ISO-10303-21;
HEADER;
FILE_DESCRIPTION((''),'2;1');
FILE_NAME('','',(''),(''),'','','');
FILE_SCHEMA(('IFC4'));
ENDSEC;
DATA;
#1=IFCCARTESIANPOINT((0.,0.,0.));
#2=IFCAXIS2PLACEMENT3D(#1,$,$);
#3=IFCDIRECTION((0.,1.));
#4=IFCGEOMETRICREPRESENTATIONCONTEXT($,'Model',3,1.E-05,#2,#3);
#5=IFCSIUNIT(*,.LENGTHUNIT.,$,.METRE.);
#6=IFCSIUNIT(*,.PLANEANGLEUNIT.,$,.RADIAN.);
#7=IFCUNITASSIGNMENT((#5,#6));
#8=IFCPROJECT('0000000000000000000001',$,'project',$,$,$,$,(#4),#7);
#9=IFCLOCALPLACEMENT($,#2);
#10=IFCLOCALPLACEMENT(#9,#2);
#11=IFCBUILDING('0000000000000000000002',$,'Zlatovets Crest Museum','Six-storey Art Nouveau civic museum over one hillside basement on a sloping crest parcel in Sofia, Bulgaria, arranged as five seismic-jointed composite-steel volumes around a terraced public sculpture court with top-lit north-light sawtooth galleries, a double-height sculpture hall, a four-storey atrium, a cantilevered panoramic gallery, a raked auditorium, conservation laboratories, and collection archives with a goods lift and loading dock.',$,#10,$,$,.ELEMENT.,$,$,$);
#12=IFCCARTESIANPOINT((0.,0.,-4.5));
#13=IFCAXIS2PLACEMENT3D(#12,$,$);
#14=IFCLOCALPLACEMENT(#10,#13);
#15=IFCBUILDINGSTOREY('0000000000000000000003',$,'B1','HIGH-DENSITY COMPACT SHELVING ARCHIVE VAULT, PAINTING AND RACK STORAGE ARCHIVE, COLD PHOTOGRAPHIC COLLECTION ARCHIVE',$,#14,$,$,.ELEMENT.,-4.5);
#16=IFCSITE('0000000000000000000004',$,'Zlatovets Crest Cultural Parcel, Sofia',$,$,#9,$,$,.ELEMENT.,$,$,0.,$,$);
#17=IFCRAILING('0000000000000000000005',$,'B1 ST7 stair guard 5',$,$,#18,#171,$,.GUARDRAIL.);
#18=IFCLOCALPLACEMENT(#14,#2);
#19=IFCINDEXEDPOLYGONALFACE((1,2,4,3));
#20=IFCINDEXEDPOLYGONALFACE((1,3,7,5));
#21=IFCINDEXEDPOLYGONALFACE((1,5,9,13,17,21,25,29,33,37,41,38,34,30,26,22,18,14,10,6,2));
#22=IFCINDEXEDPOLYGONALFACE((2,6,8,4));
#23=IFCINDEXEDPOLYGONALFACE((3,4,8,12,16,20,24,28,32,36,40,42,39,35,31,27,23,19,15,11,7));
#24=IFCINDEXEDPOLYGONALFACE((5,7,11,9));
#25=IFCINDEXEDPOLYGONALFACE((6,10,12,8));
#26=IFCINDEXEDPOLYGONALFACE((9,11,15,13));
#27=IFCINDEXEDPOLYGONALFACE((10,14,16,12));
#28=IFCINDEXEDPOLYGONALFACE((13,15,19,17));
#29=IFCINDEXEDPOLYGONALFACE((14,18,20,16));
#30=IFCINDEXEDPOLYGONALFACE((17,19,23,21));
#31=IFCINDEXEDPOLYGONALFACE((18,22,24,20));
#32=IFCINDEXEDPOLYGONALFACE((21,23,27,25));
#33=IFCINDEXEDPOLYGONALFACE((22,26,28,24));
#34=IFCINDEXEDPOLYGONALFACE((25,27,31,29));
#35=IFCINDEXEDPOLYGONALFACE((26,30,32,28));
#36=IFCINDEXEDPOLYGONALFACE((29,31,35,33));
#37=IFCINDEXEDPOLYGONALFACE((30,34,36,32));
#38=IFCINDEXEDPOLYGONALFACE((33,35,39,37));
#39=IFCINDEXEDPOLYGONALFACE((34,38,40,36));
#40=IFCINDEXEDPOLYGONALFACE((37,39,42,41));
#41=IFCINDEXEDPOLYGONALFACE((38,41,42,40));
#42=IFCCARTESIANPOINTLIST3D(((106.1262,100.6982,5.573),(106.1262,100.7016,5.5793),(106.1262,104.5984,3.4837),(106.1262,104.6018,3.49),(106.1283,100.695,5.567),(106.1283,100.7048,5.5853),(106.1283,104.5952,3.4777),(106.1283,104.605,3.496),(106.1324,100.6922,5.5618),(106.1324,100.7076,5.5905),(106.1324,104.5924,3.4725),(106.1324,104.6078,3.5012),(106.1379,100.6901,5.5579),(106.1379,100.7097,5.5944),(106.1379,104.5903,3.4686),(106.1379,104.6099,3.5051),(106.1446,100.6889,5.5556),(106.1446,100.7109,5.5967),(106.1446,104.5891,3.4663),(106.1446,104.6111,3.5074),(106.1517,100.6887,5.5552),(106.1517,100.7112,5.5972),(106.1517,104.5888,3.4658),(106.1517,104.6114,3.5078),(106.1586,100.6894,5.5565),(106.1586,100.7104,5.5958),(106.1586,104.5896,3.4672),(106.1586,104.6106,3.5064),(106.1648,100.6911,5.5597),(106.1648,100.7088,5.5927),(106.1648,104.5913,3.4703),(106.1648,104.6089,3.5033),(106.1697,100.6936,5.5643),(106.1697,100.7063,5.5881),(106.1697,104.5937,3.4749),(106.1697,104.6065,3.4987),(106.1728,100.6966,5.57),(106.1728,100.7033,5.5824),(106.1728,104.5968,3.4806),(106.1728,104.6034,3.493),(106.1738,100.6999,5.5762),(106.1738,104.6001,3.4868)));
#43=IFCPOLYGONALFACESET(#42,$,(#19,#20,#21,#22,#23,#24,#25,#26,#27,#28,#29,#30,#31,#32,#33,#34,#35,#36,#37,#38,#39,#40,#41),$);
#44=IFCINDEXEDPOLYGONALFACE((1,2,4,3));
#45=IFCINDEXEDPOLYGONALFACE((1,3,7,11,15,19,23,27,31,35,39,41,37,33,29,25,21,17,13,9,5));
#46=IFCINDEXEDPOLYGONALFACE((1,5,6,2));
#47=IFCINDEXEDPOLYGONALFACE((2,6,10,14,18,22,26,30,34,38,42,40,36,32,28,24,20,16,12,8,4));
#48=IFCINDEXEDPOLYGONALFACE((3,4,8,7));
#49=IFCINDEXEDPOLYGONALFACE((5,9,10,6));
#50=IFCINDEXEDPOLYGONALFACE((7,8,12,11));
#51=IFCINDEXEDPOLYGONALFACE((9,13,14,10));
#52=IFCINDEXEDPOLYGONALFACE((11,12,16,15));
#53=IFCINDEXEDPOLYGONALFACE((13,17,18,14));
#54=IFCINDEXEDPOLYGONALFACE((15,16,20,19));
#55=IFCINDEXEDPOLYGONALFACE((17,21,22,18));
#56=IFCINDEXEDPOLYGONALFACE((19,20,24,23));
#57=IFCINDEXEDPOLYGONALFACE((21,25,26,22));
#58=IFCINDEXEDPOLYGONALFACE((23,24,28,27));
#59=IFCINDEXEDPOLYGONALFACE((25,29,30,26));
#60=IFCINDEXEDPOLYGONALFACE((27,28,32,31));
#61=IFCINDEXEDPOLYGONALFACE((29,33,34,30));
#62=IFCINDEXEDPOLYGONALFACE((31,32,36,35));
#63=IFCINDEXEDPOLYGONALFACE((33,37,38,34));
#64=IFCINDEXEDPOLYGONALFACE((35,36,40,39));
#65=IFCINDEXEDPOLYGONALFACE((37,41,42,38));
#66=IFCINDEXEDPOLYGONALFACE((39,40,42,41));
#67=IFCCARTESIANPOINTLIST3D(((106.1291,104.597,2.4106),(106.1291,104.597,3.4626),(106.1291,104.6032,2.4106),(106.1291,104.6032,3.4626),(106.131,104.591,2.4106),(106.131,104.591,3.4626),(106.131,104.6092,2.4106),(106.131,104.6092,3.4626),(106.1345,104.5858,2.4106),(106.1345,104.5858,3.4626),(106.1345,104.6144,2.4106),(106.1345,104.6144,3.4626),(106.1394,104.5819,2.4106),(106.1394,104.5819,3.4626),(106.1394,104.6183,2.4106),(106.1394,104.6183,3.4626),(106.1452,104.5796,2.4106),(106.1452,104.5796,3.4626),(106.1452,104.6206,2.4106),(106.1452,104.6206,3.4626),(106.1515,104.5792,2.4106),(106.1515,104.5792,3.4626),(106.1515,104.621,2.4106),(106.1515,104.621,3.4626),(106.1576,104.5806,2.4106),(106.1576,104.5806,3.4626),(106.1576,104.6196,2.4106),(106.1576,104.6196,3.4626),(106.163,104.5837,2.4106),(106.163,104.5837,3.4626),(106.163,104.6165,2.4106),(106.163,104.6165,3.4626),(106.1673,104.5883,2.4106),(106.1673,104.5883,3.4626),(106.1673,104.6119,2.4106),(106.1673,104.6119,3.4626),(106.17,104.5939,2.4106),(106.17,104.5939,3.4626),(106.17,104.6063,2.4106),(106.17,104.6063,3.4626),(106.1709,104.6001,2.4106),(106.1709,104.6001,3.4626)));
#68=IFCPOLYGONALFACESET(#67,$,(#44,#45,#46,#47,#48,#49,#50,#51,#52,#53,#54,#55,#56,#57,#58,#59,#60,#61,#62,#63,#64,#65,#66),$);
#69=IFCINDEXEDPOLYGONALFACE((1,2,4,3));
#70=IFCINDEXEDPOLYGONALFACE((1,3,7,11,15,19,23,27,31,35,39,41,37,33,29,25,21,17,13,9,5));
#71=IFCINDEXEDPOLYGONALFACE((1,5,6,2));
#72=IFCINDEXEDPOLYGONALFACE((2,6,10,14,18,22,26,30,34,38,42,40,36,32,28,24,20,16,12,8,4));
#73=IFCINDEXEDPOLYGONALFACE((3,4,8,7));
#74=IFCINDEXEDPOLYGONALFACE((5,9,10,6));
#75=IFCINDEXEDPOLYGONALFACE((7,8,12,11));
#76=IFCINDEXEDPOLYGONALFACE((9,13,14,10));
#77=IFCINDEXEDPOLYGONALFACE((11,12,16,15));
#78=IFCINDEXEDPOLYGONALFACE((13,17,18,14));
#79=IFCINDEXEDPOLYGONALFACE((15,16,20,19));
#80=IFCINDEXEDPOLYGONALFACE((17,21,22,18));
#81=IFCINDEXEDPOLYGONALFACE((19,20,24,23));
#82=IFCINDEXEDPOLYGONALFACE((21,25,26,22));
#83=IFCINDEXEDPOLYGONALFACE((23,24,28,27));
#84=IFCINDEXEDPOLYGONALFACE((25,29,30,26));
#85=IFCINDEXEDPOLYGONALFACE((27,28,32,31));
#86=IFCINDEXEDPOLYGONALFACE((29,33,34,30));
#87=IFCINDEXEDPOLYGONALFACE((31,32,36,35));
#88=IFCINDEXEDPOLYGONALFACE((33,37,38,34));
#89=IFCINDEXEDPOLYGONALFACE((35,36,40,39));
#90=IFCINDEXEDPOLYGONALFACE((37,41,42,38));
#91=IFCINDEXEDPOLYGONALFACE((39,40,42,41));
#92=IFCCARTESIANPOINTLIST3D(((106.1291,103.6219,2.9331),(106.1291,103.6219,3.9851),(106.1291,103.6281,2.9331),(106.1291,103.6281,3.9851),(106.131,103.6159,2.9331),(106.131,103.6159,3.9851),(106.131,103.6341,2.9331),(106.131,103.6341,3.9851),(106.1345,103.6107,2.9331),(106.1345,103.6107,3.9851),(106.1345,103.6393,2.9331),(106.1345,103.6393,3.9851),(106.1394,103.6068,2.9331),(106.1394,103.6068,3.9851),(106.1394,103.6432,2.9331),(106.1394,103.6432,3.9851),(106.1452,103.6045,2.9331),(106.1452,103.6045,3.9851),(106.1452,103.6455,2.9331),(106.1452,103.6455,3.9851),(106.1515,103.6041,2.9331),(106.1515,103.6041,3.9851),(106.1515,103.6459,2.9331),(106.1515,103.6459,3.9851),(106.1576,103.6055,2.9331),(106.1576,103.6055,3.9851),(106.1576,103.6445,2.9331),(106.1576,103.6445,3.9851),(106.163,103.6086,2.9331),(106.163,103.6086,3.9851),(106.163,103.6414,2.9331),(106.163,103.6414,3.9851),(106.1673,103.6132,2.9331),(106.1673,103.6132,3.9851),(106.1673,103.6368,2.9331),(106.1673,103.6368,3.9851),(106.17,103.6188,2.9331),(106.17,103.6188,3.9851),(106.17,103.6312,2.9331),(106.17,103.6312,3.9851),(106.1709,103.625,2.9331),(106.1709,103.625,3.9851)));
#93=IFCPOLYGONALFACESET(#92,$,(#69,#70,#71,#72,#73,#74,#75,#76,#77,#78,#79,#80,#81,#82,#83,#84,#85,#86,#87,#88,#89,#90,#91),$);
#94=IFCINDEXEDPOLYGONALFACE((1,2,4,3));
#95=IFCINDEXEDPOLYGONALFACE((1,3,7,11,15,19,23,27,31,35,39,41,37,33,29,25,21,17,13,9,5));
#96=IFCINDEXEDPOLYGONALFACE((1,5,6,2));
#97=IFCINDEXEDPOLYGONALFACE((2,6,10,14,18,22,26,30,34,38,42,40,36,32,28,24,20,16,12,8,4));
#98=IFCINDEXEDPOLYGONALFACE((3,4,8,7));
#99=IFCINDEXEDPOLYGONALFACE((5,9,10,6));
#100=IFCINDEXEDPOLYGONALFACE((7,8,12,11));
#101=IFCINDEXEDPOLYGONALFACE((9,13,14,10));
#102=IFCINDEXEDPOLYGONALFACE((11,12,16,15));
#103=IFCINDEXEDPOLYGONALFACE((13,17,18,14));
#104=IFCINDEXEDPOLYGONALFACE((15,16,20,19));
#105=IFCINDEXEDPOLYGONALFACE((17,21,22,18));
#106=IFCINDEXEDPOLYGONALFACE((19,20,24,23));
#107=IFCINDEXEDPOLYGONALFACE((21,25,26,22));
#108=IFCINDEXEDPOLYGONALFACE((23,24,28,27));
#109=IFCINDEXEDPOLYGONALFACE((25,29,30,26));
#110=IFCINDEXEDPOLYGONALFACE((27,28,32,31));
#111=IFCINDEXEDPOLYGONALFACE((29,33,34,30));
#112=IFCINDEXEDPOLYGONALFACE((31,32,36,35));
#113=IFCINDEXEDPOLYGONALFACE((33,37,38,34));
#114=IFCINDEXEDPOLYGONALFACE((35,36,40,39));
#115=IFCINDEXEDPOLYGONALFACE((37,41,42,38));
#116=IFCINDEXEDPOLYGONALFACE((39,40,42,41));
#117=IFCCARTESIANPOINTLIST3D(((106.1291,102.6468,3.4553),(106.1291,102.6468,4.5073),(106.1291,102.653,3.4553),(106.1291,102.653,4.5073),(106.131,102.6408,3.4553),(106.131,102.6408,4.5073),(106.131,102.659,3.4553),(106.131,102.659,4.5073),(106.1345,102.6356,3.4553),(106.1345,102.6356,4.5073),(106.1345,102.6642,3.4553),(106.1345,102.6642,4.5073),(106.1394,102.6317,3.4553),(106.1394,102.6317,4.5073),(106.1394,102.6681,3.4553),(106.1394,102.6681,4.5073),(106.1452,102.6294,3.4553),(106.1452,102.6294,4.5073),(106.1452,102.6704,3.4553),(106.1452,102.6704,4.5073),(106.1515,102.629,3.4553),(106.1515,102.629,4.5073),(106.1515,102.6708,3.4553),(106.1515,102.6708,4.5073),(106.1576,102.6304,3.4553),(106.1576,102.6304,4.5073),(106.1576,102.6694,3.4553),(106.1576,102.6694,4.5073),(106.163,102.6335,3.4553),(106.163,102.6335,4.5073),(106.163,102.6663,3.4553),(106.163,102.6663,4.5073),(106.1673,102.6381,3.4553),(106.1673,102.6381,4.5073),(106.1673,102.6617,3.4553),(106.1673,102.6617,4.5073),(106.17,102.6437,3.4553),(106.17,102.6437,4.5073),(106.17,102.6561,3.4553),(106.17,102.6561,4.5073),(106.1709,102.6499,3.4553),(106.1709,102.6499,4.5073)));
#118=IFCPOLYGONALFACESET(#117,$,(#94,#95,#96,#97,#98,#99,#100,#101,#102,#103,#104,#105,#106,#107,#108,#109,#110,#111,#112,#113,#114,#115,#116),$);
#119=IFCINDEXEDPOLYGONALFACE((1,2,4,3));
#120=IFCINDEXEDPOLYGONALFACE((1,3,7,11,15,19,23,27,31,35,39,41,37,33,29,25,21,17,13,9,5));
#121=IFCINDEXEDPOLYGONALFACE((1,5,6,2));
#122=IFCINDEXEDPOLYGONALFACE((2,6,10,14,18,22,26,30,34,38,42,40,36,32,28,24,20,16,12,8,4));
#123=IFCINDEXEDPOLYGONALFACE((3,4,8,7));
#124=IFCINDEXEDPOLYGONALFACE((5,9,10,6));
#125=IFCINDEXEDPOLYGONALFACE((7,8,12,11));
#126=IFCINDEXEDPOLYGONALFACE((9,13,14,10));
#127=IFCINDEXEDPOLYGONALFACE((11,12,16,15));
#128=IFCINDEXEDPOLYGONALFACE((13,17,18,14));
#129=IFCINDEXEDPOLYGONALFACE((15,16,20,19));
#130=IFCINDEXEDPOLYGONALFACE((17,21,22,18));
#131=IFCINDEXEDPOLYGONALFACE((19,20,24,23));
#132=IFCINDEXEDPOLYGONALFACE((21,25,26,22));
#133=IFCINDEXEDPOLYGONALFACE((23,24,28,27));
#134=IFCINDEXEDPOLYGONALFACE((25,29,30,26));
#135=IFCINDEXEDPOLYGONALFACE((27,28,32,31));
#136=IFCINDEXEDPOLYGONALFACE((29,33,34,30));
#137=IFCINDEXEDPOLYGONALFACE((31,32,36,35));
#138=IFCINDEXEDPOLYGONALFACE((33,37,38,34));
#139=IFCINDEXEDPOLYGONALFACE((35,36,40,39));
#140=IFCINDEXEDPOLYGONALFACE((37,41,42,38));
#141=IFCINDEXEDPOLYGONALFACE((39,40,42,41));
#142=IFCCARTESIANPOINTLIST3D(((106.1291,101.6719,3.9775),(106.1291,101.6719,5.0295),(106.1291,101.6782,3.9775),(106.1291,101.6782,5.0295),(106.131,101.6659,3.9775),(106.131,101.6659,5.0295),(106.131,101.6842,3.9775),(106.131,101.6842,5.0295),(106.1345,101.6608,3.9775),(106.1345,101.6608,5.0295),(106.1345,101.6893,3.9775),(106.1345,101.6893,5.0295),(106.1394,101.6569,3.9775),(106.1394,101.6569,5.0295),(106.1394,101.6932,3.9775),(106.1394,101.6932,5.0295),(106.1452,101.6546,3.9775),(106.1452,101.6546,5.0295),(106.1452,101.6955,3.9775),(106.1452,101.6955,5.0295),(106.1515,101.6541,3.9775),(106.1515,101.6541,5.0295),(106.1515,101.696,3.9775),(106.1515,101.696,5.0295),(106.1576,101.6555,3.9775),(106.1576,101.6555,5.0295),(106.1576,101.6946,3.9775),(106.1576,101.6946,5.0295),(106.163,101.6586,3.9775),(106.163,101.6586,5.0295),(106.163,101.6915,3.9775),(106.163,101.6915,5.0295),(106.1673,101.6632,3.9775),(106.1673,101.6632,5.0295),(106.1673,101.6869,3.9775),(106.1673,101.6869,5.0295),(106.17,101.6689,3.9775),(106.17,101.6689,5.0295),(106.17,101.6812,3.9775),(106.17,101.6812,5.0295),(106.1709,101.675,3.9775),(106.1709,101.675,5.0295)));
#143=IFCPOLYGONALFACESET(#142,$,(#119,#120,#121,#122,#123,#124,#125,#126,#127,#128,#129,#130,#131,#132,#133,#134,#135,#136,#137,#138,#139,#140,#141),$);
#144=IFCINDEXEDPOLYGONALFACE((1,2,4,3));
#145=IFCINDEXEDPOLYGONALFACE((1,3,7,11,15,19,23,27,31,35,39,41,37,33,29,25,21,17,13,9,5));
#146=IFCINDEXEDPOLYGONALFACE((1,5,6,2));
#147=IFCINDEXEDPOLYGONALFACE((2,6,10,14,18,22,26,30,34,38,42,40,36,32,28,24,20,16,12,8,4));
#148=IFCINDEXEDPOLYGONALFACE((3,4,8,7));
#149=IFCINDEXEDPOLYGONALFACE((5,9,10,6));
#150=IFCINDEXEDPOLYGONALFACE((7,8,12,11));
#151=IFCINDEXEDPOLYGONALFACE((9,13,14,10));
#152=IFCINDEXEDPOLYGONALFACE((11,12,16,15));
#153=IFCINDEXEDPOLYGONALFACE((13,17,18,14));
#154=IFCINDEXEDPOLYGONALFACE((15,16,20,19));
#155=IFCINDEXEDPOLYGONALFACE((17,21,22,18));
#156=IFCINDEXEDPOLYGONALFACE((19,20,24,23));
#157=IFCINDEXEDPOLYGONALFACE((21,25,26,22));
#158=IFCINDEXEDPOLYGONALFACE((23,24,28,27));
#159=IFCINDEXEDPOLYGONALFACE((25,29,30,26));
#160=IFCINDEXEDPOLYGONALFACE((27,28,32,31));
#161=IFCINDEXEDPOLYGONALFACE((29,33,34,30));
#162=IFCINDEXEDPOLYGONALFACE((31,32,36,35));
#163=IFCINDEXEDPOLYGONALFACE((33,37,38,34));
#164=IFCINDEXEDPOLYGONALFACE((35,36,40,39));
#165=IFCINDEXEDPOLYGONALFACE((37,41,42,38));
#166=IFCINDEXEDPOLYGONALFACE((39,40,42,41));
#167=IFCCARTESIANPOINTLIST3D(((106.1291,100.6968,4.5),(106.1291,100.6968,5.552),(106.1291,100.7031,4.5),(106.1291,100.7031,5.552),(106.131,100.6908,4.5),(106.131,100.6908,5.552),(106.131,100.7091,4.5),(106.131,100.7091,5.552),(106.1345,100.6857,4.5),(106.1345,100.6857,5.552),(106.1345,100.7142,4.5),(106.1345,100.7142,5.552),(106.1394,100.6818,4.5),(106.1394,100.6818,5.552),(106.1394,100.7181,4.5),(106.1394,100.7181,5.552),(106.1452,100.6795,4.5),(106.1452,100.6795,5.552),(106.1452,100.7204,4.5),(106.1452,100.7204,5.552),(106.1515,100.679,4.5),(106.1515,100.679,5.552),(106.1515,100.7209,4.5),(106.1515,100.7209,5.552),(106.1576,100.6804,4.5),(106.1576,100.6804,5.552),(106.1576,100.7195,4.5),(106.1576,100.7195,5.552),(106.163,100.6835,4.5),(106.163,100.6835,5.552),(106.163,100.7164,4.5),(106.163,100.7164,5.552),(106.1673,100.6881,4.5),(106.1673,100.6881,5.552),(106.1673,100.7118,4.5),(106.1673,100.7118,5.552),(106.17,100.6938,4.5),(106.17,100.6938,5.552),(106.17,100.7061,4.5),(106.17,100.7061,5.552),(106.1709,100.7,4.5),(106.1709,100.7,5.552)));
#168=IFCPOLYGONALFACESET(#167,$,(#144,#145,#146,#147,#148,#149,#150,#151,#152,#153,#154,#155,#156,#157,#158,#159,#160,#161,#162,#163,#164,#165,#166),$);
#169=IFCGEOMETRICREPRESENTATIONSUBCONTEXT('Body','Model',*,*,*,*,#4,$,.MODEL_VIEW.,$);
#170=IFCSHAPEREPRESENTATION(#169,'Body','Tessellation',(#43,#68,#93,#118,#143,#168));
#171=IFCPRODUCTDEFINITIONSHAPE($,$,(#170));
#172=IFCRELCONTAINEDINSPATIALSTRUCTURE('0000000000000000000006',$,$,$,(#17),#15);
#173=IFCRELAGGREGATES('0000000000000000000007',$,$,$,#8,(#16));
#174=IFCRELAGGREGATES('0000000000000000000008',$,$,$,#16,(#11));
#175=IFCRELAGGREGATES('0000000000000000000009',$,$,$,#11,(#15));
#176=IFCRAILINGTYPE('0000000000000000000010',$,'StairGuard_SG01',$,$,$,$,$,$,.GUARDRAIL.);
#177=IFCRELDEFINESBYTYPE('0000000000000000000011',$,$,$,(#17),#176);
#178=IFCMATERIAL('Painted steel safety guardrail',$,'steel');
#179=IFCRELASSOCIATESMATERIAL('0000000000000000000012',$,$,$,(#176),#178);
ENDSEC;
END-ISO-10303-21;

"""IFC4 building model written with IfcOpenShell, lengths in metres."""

from ifc_helpers import new_model, si_unit, direction, frame, origin, origin_2d, place, context, subcontext, project, spatial, circle, extrude, material, type_object, element, save


model = new_model("IFC4")

# Units and contexts
model_context = context("Model", 3, precision=1e-05, world=origin(), true_north=direction((0.0, 1.0)))
body_context = subcontext(model_context, "Body", "Model", "MODEL_VIEW")
ifc_project = project(units=[si_unit("LENGTHUNIT", "METRE"), si_unit("PLANEANGLEUNIT", "RADIAN")], contexts=[model_context])

# Site, building, storey
site_placement = place(None, origin())
site = spatial("IfcSite", under=ifc_project, at=site_placement, Name="Zlatovets Crest Cultural Parcel, Sofia", CompositionType="ELEMENT", RefElevation=0.0)
building_placement = place(site_placement, origin())
building = spatial("IfcBuilding", under=site, at=building_placement, Name="Zlatovets Crest Museum", Description="Six-storey Art Nouveau civic museum over one hillside basement on a sloping crest parcel in Sofia, Bulgaria, arranged as five seismic-jointed composite-steel volumes around a terraced public sculpture court with top-lit north-light sawtooth galleries, a double-height sculpture hall, a four-storey atrium, a cantilevered panoramic gallery, a raked auditorium, conservation laboratories, and collection archives with a goods lift and loading dock.", CompositionType="ELEMENT")
storey_placement = place(building_placement, frame((0.0, 0.0, -4.5)))
storey = spatial("IfcBuildingStorey", under=building, at=storey_placement, Name="B1", Description="HIGH-DENSITY COMPACT SHELVING ARCHIVE VAULT, PAINTING AND RACK STORAGE ARCHIVE, COLD PHOTOGRAPHIC COLLECTION ARCHIVE", CompositionType="ELEMENT", Elevation=-4.5)

# Railing
ifc_material_1 = material(Name="Painted steel safety guardrail", Category="steel")
railing_type_1 = type_object("IfcRailingType", Name="StairGuard_SG01", PredefinedType="GUARDRAIL", material=ifc_material_1)
railing_1_placement = place(storey_placement, frame((106.1499, 104.6001, 2.4106)))
element("IfcRailing", 1, at=railing_1_placement, inside=storey, type_object=railing_type_1, Name="B1 ST7 stair guard 5", PredefinedType="GUARDRAIL", context=body_context, shape_type="SweptSolid", body=[
    extrude(circle(Radius=0.0239, at=origin_2d()), frame((0.0, 0.0, 1.0762), z_axis=(0.0, -0.881481, 0.47222), x_axis=(1.0, 0.0, 0.0)), (0.0, 0.0, 1.0), 4.4246),
    extrude(circle(Radius=0.021, at=origin_2d()), origin(), (0.0, 0.0, 1.0), 1.052),
    extrude(circle(Radius=0.021, at=origin_2d()), frame((0.0, -0.9751, 0.5225)), (0.0, 0.0, 1.0), 1.052),
    extrude(circle(Radius=0.021, at=origin_2d()), frame((0.0, -1.9502, 1.0447)), (0.0, 0.0, 1.0), 1.052),
    extrude(circle(Radius=0.021, at=origin_2d()), frame((0.0, -2.925, 1.5669)), (0.0, 0.0, 1.0), 1.052),
    extrude(circle(Radius=0.021, at=origin_2d()), frame((0.0, -3.9001, 2.0894)), (0.0, 0.0, 1.0), 1.052),
])

save(model, "model.ifc")
